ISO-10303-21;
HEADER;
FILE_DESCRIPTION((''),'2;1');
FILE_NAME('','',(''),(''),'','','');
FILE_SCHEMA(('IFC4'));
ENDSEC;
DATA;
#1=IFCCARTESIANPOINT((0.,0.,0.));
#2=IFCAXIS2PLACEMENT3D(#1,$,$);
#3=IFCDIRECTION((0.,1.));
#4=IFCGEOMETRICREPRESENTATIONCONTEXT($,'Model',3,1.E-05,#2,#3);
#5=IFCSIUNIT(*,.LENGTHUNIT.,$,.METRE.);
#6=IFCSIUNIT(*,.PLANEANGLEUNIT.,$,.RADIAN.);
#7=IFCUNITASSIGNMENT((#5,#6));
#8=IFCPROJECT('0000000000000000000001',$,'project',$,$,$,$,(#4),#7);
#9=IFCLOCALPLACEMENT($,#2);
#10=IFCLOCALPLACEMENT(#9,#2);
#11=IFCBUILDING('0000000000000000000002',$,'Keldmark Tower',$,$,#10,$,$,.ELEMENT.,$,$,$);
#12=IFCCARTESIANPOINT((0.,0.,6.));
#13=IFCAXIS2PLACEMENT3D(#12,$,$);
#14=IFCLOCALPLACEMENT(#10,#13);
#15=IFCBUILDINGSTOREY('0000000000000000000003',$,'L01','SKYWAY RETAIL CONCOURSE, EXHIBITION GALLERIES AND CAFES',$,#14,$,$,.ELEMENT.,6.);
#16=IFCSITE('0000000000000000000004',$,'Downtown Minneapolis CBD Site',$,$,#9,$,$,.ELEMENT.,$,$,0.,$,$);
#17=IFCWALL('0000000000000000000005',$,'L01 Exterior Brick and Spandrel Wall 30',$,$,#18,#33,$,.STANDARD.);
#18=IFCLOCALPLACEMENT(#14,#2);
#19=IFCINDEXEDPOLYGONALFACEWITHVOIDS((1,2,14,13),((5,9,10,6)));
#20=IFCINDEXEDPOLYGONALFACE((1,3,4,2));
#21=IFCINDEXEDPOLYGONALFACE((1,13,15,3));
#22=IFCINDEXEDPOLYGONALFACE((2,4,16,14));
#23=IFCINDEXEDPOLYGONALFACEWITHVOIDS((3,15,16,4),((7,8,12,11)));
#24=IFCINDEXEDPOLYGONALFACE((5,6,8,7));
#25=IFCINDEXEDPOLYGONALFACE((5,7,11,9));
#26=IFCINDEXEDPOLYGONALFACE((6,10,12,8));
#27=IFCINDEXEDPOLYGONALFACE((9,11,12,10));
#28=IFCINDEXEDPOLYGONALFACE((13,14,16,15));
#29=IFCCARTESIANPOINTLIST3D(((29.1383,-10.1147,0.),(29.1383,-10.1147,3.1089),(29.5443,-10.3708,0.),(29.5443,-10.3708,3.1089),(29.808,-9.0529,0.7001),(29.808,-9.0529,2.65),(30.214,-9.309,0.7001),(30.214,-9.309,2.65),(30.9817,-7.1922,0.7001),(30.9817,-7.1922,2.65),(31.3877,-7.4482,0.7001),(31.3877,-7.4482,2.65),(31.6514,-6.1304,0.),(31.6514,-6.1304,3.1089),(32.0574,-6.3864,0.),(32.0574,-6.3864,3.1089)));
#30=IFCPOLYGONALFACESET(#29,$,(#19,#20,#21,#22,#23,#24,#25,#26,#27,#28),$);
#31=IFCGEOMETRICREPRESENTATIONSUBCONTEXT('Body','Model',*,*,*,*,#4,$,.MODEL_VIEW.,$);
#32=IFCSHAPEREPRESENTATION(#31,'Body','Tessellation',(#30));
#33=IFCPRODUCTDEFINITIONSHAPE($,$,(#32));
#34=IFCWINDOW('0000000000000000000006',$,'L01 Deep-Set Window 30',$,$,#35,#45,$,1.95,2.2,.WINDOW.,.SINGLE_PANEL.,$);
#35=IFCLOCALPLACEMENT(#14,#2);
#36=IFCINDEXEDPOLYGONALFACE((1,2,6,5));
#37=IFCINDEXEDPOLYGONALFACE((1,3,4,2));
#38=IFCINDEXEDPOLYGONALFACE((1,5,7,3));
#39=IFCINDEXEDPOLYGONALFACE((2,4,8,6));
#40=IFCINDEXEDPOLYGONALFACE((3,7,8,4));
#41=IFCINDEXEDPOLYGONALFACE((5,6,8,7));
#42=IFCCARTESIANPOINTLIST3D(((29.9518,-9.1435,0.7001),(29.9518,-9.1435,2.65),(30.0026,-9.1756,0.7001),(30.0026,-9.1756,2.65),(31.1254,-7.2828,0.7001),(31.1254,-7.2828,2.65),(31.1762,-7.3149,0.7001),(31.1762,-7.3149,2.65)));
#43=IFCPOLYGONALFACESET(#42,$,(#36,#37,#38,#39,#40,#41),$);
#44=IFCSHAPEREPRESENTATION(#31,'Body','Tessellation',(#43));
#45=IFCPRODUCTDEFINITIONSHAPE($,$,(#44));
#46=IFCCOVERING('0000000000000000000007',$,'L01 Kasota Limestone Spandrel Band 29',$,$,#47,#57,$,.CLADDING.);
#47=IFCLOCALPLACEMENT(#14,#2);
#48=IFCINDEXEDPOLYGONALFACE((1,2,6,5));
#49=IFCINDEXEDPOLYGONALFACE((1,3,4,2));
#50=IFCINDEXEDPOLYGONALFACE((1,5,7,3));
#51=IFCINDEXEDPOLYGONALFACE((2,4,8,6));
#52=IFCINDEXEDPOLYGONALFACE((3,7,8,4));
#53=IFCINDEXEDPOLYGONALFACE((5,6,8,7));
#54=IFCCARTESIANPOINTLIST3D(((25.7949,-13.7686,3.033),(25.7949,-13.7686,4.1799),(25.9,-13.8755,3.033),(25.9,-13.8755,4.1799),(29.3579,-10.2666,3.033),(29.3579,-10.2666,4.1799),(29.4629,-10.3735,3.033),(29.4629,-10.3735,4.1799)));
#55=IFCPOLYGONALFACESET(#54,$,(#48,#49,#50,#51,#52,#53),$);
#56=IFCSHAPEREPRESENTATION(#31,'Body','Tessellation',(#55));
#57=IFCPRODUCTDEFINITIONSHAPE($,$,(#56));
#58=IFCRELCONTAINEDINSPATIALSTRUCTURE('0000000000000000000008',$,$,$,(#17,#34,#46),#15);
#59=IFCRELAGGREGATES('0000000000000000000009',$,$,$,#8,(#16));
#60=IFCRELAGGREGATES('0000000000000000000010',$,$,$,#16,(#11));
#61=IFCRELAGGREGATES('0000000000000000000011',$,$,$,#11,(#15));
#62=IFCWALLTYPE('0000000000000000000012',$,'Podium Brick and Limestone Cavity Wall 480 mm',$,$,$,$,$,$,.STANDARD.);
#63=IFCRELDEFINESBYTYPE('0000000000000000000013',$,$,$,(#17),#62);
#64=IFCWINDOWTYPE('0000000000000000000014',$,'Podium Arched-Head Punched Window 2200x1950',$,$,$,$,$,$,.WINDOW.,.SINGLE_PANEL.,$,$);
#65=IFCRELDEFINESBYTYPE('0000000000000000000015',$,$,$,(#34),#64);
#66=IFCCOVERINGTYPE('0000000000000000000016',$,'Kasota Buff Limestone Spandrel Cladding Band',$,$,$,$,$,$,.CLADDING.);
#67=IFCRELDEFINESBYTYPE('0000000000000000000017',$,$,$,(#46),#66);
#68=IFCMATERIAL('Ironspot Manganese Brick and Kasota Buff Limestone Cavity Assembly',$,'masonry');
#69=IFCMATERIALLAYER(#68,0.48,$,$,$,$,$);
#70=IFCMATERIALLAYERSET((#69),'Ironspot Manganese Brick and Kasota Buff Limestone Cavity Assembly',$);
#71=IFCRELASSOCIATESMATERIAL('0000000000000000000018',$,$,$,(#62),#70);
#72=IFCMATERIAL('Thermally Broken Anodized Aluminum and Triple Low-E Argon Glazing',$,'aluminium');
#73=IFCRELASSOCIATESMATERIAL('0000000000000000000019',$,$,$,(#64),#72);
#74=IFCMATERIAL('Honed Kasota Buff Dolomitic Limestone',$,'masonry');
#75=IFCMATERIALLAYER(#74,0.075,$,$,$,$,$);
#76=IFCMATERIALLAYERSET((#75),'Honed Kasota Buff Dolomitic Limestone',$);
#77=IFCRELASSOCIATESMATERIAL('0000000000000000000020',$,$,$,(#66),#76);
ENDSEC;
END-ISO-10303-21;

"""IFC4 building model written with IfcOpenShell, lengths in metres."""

from ifc_helpers import new_model, si_unit, direction, frame, frame_2d, origin, origin_2d, place, context, subcontext, project, spatial, rectangle, extrude, material, layer, layer_set, type_object, element, fill, save


model = new_model("IFC4")

# Units and contexts
model_context = context("Model", 3, precision=1e-05, world=origin(), true_north=direction((0.0, 1.0)))
body_context = subcontext(model_context, "Body", "Model", "MODEL_VIEW")
ifc_project = project(units=[si_unit("LENGTHUNIT", "METRE"), si_unit("PLANEANGLEUNIT", "RADIAN")], contexts=[model_context])

# Site, building, storey
site_placement = place(None, origin())
site = spatial("IfcSite", under=ifc_project, at=site_placement, Name="Downtown Minneapolis CBD Site", CompositionType="ELEMENT", RefElevation=0.0)
building_placement = place(site_placement, origin())
building = spatial("IfcBuilding", under=site, at=building_placement, Name="Keldmark Tower", CompositionType="ELEMENT")
storey_placement = place(building_placement, frame((0.0, 0.0, 6.0)))
storey = spatial("IfcBuildingStorey", under=building, at=storey_placement, Name="L01", Description="SKYWAY RETAIL CONCOURSE, EXHIBITION GALLERIES AND CAFES", CompositionType="ELEMENT", Elevation=6.0)

# Wall, opening, window
ifc_material_1 = material(Name="Ironspot Manganese Brick and Kasota Buff Limestone Cavity Assembly", Category="masonry")
ifc_layer_1 = layer(ifc_material_1, 0.48)
ifc_layer_set_1 = layer_set([ifc_layer_1], Name="Ironspot Manganese Brick and Kasota Buff Limestone Cavity Assembly")
wall_type = type_object("IfcWallType", Name="Podium Brick and Limestone Cavity Wall 480 mm", PredefinedType="STANDARD", material=ifc_layer_set_1)
ifc_material_2 = material(Name="Thermally Broken Anodized Aluminum and Triple Low-E Argon Glazing", Category="aluminium")
window_type = type_object("IfcWindowType", Name="Podium Arched-Head Punched Window 2200x1950", PartitioningType="SINGLE_PANEL", PredefinedType="WINDOW", material=ifc_material_2)
wall_1_placement = place(storey_placement, frame((31.8545, -6.2583, 0.0), z_axis=(0.0, 0.0, 1.0), x_axis=(-0.533498, -0.845802, 0.0)))
wall_1 = element("IfcWall", 1, at=wall_1_placement, inside=storey, type_object=wall_type, Name="L01 Exterior Brick and Spandrel Wall 30", PredefinedType="STANDARD", context=body_context, shape_type="SweptSolid", body=[
    extrude(rectangle(XDim=4.7107, YDim=0.48, at=frame_2d((2.3555, 0.0))), origin(), (0.0, 0.0, 1.0), 3.1089),
])
opening_1_placement = place(wall_1_placement, frame((1.2554, 0.0, 0.7)))
opening_1 = element("IfcOpeningElement", 2, at=opening_1_placement, cuts=wall_1, PredefinedType="OPENING", context=body_context, shape_type="SweptSolid", body=[
    extrude(rectangle(XDim=2.2, YDim=1.95, at=frame_2d((1.1001, 0.9751))), frame((0.0, 0.25, 0.0), z_axis=(0.0, -1.0, 0.0), x_axis=(1.0, 0.0, 0.0)), (0.0, 0.0, 1.0), 0.5),
])
window_1_placement = place(opening_1_placement, origin())
window_1 = element("IfcWindow", 3, at=window_1_placement, inside=storey, type_object=window_type, Name="L01 Deep-Set Window 30", OverallHeight=1.95, OverallWidth=2.2, PartitioningType="SINGLE_PANEL", PredefinedType="WINDOW", context=body_context, shape_type="SweptSolid", body=[
    extrude(rectangle(XDim=2.2, YDim=1.95, at=frame_2d((1.1001, 0.9751))), frame((0.0, -0.01, 0.0), z_axis=(0.0, -1.0, 0.0), x_axis=(1.0, 0.0, 0.0)), (0.0, 0.0, 1.0), 0.0601),
])
fill(opening_1, window_1)

# Covering
ifc_material_3 = material(Name="Honed Kasota Buff Dolomitic Limestone", Category="masonry")
ifc_layer_2 = layer(ifc_material_3, 0.075)
ifc_layer_set_2 = layer_set([ifc_layer_2], Name="Honed Kasota Buff Dolomitic Limestone")
covering_type = type_object("IfcCoveringType", Name="Kasota Buff Limestone Spandrel Cladding Band", PredefinedType="CLADDING", material=ifc_layer_set_2)
covering_placement = place(storey_placement, frame((27.6289, -12.071, 3.033), z_axis=(0.0, 0.0, 1.0), x_axis=(0.713189, 0.700972, 0.0)))
element("IfcCovering", 4, at=covering_placement, inside=storey, type_object=covering_type, Name="L01 Kasota Limestone Spandrel Band 29", PredefinedType="CLADDING", context=body_context, shape_type="SweptSolid", body=[
    extrude(rectangle(XDim=4.9958, YDim=0.1499, at=origin_2d()), origin(), (0.0, 0.0, 1.0), 1.147),
])

save(model, "model.ifc")
